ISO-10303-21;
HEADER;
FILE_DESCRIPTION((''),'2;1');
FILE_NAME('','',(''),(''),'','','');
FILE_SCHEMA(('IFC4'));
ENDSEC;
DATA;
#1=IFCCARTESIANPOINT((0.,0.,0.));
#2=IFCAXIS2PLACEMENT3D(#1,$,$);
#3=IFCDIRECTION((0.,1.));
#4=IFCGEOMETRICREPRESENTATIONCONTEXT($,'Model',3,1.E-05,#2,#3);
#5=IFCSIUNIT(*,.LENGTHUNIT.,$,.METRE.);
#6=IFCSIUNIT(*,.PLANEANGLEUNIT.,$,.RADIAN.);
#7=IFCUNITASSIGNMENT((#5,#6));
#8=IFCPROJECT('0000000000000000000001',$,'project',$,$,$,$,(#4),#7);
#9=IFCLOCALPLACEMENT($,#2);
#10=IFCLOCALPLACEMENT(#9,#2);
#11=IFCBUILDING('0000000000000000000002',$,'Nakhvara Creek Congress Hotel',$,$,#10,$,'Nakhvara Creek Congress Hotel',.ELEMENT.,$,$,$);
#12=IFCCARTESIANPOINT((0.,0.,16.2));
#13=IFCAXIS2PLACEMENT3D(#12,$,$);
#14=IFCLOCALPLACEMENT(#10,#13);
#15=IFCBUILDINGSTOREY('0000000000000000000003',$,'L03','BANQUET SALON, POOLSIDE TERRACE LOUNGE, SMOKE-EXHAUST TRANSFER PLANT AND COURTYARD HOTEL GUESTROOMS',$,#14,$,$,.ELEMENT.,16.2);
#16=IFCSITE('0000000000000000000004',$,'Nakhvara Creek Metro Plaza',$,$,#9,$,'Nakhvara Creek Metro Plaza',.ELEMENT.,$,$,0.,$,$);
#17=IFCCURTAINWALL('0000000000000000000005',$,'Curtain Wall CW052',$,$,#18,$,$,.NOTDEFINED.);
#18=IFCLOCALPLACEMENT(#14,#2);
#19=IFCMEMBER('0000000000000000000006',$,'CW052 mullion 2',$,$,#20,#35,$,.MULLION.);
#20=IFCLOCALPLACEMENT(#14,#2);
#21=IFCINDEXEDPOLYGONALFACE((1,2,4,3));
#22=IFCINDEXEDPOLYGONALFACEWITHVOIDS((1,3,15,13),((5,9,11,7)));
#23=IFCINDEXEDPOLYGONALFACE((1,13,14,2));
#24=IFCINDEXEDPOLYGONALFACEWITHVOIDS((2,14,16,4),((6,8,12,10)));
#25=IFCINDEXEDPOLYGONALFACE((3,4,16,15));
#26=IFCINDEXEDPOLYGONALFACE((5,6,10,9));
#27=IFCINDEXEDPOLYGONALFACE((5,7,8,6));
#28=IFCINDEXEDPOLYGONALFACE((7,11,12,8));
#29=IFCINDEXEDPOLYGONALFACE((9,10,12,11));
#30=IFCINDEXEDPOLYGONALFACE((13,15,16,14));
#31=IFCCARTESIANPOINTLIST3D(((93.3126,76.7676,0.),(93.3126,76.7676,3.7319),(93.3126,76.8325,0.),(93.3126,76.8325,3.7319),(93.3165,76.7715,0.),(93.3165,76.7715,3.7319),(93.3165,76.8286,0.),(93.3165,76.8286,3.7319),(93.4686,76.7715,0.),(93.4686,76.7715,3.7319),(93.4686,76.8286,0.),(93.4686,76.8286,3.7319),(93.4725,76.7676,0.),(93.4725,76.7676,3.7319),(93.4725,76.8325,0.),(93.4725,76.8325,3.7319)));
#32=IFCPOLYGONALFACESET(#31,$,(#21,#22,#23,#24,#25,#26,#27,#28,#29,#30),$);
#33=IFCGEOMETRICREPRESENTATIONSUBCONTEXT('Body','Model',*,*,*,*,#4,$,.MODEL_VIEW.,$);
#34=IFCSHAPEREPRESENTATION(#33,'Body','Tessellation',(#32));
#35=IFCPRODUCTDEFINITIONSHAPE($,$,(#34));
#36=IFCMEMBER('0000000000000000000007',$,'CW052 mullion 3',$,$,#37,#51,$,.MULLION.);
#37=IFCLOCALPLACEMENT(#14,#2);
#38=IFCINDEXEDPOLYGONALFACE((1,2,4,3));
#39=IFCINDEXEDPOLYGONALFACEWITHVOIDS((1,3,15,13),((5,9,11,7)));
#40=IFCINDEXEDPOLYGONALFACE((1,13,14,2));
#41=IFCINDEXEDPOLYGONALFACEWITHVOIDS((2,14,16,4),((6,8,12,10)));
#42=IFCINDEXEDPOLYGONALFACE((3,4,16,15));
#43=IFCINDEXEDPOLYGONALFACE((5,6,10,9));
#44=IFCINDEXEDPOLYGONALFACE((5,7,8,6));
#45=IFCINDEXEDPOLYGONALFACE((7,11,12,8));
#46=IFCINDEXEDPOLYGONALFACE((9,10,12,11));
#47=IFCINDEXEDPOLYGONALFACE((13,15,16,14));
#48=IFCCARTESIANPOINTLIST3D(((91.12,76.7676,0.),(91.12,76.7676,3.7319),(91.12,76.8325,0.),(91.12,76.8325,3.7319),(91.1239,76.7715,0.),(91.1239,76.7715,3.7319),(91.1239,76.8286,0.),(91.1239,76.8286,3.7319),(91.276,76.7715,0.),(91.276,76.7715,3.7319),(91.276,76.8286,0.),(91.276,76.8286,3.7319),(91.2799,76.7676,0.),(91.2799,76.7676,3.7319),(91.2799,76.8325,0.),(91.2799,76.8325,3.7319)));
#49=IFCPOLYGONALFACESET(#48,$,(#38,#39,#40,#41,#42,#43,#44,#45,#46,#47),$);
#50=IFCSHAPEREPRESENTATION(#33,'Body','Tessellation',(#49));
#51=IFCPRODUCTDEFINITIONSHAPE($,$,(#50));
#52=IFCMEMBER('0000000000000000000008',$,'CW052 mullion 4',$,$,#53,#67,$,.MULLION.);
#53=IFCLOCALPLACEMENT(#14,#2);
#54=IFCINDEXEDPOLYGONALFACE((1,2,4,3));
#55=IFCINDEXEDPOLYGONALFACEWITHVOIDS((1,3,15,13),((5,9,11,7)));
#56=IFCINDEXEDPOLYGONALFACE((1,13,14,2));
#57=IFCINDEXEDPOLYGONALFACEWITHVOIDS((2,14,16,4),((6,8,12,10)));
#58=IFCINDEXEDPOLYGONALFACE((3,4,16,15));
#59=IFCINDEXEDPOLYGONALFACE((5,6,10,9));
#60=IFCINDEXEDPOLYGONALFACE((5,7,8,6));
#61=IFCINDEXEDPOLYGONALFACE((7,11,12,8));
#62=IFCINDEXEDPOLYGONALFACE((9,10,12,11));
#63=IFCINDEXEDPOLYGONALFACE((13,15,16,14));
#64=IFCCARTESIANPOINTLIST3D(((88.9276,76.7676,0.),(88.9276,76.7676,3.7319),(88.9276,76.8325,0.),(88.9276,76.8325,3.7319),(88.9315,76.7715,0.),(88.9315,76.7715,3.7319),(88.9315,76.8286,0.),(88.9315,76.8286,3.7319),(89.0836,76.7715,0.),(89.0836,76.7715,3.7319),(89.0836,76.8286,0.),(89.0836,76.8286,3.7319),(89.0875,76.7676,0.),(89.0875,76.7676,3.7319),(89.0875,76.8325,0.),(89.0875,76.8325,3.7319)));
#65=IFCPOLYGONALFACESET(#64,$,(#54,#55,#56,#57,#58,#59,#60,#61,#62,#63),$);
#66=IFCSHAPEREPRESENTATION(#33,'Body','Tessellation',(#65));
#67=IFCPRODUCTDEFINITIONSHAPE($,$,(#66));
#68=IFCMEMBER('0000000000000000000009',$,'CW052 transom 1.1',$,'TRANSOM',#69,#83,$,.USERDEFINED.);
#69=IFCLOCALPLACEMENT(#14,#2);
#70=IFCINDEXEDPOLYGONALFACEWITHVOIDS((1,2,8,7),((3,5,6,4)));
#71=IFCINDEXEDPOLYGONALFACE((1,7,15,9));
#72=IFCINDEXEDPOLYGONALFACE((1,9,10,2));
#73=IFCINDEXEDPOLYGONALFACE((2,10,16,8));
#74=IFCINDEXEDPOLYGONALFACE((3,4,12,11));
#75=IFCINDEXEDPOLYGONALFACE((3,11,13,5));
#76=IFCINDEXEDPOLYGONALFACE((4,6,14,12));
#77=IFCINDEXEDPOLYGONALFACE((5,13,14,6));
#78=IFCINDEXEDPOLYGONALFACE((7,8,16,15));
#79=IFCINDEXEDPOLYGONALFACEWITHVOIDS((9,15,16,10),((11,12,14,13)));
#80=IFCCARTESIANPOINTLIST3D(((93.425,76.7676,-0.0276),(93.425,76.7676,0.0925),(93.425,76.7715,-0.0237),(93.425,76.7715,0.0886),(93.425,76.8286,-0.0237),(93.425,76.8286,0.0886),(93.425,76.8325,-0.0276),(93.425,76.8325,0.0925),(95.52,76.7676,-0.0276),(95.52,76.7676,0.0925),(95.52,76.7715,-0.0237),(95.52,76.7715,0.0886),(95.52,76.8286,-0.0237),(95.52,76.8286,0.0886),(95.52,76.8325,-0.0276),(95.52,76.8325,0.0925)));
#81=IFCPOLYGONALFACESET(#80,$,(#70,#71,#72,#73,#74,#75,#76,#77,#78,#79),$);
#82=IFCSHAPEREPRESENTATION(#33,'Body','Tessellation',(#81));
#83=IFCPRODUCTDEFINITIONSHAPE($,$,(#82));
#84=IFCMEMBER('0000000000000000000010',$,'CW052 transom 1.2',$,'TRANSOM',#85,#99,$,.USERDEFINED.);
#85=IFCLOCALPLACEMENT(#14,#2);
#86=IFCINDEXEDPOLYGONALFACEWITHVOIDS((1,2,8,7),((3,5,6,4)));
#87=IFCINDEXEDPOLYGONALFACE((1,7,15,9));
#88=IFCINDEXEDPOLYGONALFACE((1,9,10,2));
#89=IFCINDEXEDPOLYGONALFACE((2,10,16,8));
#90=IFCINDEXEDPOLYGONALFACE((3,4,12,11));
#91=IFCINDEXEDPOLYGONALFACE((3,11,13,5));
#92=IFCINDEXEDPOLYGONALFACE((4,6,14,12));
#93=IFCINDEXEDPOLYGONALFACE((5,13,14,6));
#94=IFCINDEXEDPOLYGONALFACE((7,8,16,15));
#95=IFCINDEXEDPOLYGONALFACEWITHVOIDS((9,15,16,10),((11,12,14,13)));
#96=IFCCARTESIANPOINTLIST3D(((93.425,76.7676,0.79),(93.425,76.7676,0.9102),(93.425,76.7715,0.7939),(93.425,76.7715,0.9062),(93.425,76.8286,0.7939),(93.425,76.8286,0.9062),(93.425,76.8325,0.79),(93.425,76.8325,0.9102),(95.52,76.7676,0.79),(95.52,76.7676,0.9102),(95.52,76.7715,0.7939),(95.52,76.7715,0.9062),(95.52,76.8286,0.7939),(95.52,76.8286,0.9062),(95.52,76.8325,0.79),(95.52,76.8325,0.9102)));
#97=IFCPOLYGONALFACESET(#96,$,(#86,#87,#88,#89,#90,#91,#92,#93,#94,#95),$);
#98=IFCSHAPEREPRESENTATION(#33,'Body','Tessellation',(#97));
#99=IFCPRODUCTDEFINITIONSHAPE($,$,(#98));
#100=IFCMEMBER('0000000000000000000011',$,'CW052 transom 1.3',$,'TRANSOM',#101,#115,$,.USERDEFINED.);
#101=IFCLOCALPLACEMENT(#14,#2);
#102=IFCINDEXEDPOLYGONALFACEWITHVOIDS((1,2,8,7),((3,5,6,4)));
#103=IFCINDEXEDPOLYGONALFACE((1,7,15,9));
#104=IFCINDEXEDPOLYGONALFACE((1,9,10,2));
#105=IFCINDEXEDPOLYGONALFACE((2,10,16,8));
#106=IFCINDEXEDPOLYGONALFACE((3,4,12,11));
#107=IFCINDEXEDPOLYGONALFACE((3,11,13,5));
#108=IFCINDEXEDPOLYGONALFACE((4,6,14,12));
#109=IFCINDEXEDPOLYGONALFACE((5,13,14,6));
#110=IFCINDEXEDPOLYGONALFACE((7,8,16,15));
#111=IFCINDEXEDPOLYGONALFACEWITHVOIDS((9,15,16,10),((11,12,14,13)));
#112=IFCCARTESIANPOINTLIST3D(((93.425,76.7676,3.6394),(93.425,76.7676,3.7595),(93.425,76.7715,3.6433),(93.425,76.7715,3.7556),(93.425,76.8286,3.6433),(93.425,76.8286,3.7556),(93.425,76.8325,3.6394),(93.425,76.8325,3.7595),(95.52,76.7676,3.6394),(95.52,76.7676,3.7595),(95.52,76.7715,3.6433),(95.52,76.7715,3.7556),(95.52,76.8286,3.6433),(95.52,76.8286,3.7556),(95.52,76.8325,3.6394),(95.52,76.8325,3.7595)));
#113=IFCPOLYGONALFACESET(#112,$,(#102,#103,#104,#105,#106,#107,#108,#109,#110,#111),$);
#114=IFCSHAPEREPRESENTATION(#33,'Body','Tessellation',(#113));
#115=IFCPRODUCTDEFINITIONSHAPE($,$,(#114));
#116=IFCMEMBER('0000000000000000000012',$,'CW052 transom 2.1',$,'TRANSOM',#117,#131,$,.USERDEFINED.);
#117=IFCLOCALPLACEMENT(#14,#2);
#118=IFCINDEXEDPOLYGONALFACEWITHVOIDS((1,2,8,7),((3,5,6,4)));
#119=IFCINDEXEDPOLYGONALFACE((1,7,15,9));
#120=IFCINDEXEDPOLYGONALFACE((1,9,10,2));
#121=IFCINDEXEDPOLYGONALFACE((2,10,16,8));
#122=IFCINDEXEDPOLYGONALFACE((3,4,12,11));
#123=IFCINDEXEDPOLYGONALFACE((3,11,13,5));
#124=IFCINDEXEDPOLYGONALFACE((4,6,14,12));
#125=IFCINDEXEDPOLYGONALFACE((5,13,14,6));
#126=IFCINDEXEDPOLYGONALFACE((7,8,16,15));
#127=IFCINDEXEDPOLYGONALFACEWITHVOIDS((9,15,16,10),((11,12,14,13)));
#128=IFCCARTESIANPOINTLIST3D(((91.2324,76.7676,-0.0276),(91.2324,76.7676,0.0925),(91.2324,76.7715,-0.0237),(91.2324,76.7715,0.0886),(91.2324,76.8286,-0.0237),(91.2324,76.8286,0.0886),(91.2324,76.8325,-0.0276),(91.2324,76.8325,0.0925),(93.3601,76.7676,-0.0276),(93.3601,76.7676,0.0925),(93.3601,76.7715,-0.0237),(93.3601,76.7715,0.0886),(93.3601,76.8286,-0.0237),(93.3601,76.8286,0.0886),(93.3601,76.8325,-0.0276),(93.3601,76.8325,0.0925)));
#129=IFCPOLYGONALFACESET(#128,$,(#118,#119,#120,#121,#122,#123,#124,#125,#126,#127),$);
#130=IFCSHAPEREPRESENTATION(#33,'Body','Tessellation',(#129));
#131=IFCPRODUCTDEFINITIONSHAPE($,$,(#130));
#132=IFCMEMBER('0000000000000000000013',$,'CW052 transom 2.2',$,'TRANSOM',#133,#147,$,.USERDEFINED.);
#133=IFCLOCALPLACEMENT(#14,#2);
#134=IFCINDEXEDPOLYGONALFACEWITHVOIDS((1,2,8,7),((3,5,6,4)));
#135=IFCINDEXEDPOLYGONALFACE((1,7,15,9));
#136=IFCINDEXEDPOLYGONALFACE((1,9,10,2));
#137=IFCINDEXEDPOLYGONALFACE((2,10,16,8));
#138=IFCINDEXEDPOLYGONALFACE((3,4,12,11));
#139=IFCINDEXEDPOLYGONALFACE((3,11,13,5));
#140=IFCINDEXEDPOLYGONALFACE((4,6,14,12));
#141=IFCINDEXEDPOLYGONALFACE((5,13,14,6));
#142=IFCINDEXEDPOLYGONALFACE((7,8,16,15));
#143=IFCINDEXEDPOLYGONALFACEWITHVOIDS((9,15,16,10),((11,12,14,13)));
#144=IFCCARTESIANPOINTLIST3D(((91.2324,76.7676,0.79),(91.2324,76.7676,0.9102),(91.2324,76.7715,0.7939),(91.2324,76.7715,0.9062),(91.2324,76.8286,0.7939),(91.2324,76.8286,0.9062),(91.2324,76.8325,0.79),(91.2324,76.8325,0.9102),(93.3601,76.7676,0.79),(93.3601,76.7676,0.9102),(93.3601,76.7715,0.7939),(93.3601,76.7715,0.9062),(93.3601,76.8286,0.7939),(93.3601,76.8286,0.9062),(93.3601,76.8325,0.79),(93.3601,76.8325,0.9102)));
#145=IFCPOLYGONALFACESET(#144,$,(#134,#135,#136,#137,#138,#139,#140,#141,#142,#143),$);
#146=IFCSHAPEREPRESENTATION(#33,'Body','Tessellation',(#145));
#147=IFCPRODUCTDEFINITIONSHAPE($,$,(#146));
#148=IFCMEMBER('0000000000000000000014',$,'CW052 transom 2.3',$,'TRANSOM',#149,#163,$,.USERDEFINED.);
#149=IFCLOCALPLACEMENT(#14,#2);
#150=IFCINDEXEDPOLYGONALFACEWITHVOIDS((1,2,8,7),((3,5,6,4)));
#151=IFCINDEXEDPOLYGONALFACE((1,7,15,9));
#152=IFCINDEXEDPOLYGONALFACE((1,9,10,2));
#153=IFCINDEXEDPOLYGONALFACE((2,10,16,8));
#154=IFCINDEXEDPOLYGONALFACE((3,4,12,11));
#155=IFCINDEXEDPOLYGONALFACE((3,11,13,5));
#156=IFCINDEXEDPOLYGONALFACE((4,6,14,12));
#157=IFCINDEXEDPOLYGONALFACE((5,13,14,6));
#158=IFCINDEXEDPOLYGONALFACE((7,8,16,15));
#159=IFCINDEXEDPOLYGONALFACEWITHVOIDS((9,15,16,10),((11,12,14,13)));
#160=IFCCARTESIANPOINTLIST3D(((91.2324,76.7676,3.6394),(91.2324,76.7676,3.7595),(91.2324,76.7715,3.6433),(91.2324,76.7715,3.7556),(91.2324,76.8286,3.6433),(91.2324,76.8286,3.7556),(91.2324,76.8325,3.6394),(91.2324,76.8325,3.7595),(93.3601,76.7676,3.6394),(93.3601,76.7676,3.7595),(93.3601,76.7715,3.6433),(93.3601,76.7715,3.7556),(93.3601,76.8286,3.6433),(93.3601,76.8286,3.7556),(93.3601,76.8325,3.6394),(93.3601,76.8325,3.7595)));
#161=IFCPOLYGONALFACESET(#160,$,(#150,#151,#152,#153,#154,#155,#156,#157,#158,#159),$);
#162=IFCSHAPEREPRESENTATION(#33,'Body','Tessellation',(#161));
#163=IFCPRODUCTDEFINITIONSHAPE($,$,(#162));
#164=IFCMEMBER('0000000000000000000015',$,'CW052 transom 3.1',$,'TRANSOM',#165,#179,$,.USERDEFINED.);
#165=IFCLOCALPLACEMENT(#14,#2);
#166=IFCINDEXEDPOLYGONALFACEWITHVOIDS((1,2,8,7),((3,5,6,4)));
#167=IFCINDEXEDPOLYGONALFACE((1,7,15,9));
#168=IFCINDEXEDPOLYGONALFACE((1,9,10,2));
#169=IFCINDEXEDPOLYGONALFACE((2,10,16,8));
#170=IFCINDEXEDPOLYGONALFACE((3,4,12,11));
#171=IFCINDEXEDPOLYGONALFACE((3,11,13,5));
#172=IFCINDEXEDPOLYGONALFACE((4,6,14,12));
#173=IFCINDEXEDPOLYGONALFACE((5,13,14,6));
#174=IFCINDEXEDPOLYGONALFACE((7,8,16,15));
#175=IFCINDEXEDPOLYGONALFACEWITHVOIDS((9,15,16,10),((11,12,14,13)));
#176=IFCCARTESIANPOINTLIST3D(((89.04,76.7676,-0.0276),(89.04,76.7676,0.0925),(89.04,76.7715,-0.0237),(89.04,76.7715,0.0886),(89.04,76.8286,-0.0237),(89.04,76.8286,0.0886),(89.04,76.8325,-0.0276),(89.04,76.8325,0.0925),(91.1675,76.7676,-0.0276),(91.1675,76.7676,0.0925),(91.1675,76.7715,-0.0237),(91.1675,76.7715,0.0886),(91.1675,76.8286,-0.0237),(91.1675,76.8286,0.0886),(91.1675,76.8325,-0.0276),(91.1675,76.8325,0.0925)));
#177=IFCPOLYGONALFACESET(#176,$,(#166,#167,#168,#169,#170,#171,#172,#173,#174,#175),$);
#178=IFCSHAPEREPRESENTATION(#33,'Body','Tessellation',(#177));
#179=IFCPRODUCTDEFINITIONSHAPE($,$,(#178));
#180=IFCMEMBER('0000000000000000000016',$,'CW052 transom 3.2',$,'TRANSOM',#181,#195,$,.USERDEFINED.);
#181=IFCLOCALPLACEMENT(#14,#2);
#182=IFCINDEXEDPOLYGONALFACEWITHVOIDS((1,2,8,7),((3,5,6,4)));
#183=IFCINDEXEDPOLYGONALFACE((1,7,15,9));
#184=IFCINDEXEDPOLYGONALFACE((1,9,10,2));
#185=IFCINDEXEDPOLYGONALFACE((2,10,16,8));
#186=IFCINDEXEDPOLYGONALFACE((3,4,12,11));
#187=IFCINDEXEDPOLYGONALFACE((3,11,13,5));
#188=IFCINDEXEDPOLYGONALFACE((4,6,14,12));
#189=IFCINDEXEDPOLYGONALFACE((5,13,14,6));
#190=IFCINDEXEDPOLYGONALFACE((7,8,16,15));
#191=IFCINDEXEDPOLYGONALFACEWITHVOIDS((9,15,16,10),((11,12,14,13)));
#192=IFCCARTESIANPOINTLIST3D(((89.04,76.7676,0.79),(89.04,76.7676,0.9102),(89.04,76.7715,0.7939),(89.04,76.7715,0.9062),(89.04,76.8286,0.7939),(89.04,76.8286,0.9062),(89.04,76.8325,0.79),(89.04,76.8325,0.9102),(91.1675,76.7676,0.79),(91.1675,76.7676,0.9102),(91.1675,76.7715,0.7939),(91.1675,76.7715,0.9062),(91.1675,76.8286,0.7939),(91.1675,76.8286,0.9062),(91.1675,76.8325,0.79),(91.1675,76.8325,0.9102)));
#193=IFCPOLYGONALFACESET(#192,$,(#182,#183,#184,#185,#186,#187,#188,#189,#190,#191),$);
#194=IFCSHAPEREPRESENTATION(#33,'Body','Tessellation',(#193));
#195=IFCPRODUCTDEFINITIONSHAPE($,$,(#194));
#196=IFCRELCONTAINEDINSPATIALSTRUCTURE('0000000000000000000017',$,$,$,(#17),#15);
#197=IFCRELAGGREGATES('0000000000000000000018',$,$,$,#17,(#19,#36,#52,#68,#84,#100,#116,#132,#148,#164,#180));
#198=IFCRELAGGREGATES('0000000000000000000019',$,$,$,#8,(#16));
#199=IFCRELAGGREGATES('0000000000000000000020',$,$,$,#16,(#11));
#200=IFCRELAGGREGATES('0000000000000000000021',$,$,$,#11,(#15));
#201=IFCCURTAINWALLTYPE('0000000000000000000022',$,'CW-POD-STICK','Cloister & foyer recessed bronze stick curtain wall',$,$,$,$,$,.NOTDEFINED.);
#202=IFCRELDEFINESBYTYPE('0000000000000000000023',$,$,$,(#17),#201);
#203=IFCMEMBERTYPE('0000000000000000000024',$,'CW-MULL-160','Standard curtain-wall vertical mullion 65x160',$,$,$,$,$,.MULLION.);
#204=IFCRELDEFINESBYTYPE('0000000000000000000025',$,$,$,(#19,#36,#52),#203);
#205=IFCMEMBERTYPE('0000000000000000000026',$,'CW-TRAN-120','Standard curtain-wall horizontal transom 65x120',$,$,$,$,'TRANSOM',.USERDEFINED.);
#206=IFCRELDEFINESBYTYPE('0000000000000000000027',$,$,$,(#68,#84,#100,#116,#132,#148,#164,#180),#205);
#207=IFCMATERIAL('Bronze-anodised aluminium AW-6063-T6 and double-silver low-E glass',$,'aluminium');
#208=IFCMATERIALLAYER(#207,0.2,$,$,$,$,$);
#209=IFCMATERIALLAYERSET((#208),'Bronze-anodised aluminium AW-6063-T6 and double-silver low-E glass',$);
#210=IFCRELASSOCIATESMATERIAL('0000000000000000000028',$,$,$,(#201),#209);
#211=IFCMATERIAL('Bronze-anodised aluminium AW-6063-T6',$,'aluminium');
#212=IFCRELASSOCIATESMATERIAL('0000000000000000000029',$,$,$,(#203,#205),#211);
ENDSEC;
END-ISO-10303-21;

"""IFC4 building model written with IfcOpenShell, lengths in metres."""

from ifc_helpers import new_model, si_unit, direction, frame, origin, origin_2d, place, context, subcontext, project, spatial, hollow_rectangle, extrude, material, layer, layer_set, material_profile, profile_set, type_object, element, aggregate, save


model = new_model("IFC4")

# Units and contexts
model_context = context("Model", 3, precision=1e-05, world=origin(), true_north=direction((0.0, 1.0)))
body_context = subcontext(model_context, "Body", "Model", "MODEL_VIEW")
ifc_project = project(units=[si_unit("LENGTHUNIT", "METRE"), si_unit("PLANEANGLEUNIT", "RADIAN")], contexts=[model_context])

# Site, building, storey
site_placement = place(None, origin())
site = spatial("IfcSite", under=ifc_project, at=site_placement, Name="Nakhvara Creek Metro Plaza", LongName="Nakhvara Creek Metro Plaza", CompositionType="ELEMENT", RefElevation=0.0)
building_placement = place(site_placement, origin())
building = spatial("IfcBuilding", under=site, at=building_placement, Name="Nakhvara Creek Congress Hotel", LongName="Nakhvara Creek Congress Hotel", CompositionType="ELEMENT")
storey_placement = place(building_placement, frame((0.0, 0.0, 16.2)))
storey = spatial("IfcBuildingStorey", under=building, at=storey_placement, Name="L03", Description="BANQUET SALON, POOLSIDE TERRACE LOUNGE, SMOKE-EXHAUST TRANSFER PLANT AND COURTYARD HOTEL GUESTROOMS", CompositionType="ELEMENT", Elevation=16.2)

# Curtain wall, members
ifc_material_1 = material(Name="Bronze-anodised aluminium AW-6063-T6 and double-silver low-E glass", Category="aluminium")
ifc_layer = layer(ifc_material_1, 0.2)
ifc_layer_set = layer_set([ifc_layer], Name="Bronze-anodised aluminium AW-6063-T6 and double-silver low-E glass")
curtain_wall_type = type_object("IfcCurtainWallType", Name="CW-POD-STICK", Description="Cloister & foyer recessed bronze stick curtain wall", PredefinedType="NOTDEFINED", material=ifc_layer_set)
curtain_wall_placement = place(storey_placement, origin())
curtain_wall = element("IfcCurtainWall", 1, at=curtain_wall_placement, inside=storey, type_object=curtain_wall_type, Name="Curtain Wall CW052", PredefinedType="NOTDEFINED")
ifc_material_2 = material(Name="Bronze-anodised aluminium AW-6063-T6", Category="aluminium")
ifc_material_profile_1 = material_profile(ifc_material_2, hollow_rectangle(XDim=0.0649, YDim=0.1599, WallThickness=0.0039, at=origin_2d()), Name="ALU-MULL 65x160x4", Category="LoadBearing")
ifc_profile_set_1 = profile_set([ifc_material_profile_1], Name="Bronze-anodised aluminium AW-6063-T6")
member_type_1 = type_object("IfcMemberType", Name="CW-MULL-160", Description="Standard curtain-wall vertical mullion 65x160", PredefinedType="MULLION", material=ifc_profile_set_1)
member_1_placement = place(storey_placement, frame((93.3926, 76.8, 0.0), z_axis=(0.0, 0.0, 1.0), x_axis=(0.0, -1.0, 0.0)))
member_1 = element("IfcMember", 2, at=member_1_placement, type_object=member_type_1, Name="CW052 mullion 2", PredefinedType="MULLION", context=body_context, shape_type="SweptSolid", body=[
    extrude(hollow_rectangle(XDim=0.0649, YDim=0.1599, WallThickness=0.0039, at=origin_2d()), origin(), (0.0, 0.0, 1.0), 3.7319),
])
member_2_placement = place(storey_placement, frame((91.2, 76.8, 0.0), z_axis=(0.0, 0.0, 1.0), x_axis=(0.0, -1.0, 0.0)))
member_2 = element("IfcMember", 3, at=member_2_placement, type_object=member_type_1, Name="CW052 mullion 3", PredefinedType="MULLION", context=body_context, shape_type="SweptSolid", body=[
    extrude(hollow_rectangle(XDim=0.0649, YDim=0.1599, WallThickness=0.0039, at=origin_2d()), origin(), (0.0, 0.0, 1.0), 3.7319),
])
member_3_placement = place(storey_placement, frame((89.0076, 76.8, 0.0), z_axis=(0.0, 0.0, 1.0), x_axis=(0.0, -1.0, 0.0)))
member_3 = element("IfcMember", 4, at=member_3_placement, type_object=member_type_1, Name="CW052 mullion 4", PredefinedType="MULLION", context=body_context, shape_type="SweptSolid", body=[
    extrude(hollow_rectangle(XDim=0.0649, YDim=0.1599, WallThickness=0.0039, at=origin_2d()), origin(), (0.0, 0.0, 1.0), 3.7319),
])
ifc_material_profile_2 = material_profile(ifc_material_2, hollow_rectangle(XDim=0.0649, YDim=0.1201, WallThickness=0.0039, at=origin_2d()), Name="ALU-TRAN 65x120x4", Category="LoadBearing")
ifc_profile_set_2 = profile_set([ifc_material_profile_2], Name="Bronze-anodised aluminium AW-6063-T6")
member_type_2 = type_object("IfcMemberType", Name="CW-TRAN-120", Description="Standard curtain-wall horizontal transom 65x120", ElementType="TRANSOM", PredefinedType="USERDEFINED", material=ifc_profile_set_2)
member_4_placement = place(storey_placement, frame((95.52, 76.8, 0.0325), z_axis=(-1.0, 0.0, 0.0), x_axis=(0.0, -1.0, 0.0)))
member_4 = element("IfcMember", 5, at=member_4_placement, type_object=member_type_2, Name="CW052 transom 1.1", ObjectType="TRANSOM", PredefinedType="USERDEFINED", context=body_context, shape_type="SweptSolid", body=[
    extrude(hollow_rectangle(XDim=0.0649, YDim=0.1201, WallThickness=0.0039, at=origin_2d()), origin(), (0.0, 0.0, 1.0), 2.095),
])
member_5_placement = place(storey_placement, frame((95.52, 76.8, 0.8501), z_axis=(-1.0, 0.0, 0.0), x_axis=(0.0, -1.0, 0.0)))
member_5 = element("IfcMember", 6, at=member_5_placement, type_object=member_type_2, Name="CW052 transom 1.2", ObjectType="TRANSOM", PredefinedType="USERDEFINED", context=body_context, shape_type="SweptSolid", body=[
    extrude(hollow_rectangle(XDim=0.0649, YDim=0.1201, WallThickness=0.0039, at=origin_2d()), origin(), (0.0, 0.0, 1.0), 2.095),
])
member_6_placement = place(storey_placement, frame((95.52, 76.8, 3.6995), z_axis=(-1.0, 0.0, 0.0), x_axis=(0.0, -1.0, 0.0)))
member_6 = element("IfcMember", 7, at=member_6_placement, type_object=member_type_2, Name="CW052 transom 1.3", ObjectType="TRANSOM", PredefinedType="USERDEFINED", context=body_context, shape_type="SweptSolid", body=[
    extrude(hollow_rectangle(XDim=0.0649, YDim=0.1201, WallThickness=0.0039, at=origin_2d()), origin(), (0.0, 0.0, 1.0), 2.095),
])
member_7_placement = place(storey_placement, frame((93.3601, 76.8, 0.0325), z_axis=(-1.0, 0.0, 0.0), x_axis=(0.0, -1.0, 0.0)))
member_7 = element("IfcMember", 8, at=member_7_placement, type_object=member_type_2, Name="CW052 transom 2.1", ObjectType="TRANSOM", PredefinedType="USERDEFINED", context=body_context, shape_type="SweptSolid", body=[
    extrude(hollow_rectangle(XDim=0.0649, YDim=0.1201, WallThickness=0.0039, at=origin_2d()), origin(), (0.0, 0.0, 1.0), 2.1277),
])
member_8_placement = place(storey_placement, frame((93.3601, 76.8, 0.8501), z_axis=(-1.0, 0.0, 0.0), x_axis=(0.0, -1.0, 0.0)))
member_8 = element("IfcMember", 9, at=member_8_placement, type_object=member_type_2, Name="CW052 transom 2.2", ObjectType="TRANSOM", PredefinedType="USERDEFINED", context=body_context, shape_type="SweptSolid", body=[
    extrude(hollow_rectangle(XDim=0.0649, YDim=0.1201, WallThickness=0.0039, at=origin_2d()), origin(), (0.0, 0.0, 1.0), 2.1277),
])
member_9_placement = place(storey_placement, frame((93.3601, 76.8, 3.6995), z_axis=(-1.0, 0.0, 0.0), x_axis=(0.0, -1.0, 0.0)))
member_9 = element("IfcMember", 10, at=member_9_placement, type_object=member_type_2, Name="CW052 transom 2.3", ObjectType="TRANSOM", PredefinedType="USERDEFINED", context=body_context, shape_type="SweptSolid", body=[
    extrude(hollow_rectangle(XDim=0.0649, YDim=0.1201, WallThickness=0.0039, at=origin_2d()), origin(), (0.0, 0.0, 1.0), 2.1277),
])
member_10_placement = place(storey_placement, frame((91.1675, 76.8, 0.0325), z_axis=(-1.0, 0.0, 0.0), x_axis=(0.0, -1.0, 0.0)))
member_10 = element("IfcMember", 11, at=member_10_placement, type_object=member_type_2, Name="CW052 transom 3.1", ObjectType="TRANSOM", PredefinedType="USERDEFINED", context=body_context, shape_type="SweptSolid", body=[
    extrude(hollow_rectangle(XDim=0.0649, YDim=0.1201, WallThickness=0.0039, at=origin_2d()), origin(), (0.0, 0.0, 1.0), 2.1274),
])
member_11_placement = place(storey_placement, frame((91.1675, 76.8, 0.8501), z_axis=(-1.0, 0.0, 0.0), x_axis=(0.0, -1.0, 0.0)))
member_11 = element("IfcMember", 12, at=member_11_placement, type_object=member_type_2, Name="CW052 transom 3.2", ObjectType="TRANSOM", PredefinedType="USERDEFINED", context=body_context, shape_type="SweptSolid", body=[
    extrude(hollow_rectangle(XDim=0.0649, YDim=0.1201, WallThickness=0.0039, at=origin_2d()), origin(), (0.0, 0.0, 1.0), 2.1274),
])
aggregate(curtain_wall, [member_1, member_2, member_3, member_4, member_5, member_6, member_7, member_8, member_9, member_10, member_11])

save(model, "model.ifc")
